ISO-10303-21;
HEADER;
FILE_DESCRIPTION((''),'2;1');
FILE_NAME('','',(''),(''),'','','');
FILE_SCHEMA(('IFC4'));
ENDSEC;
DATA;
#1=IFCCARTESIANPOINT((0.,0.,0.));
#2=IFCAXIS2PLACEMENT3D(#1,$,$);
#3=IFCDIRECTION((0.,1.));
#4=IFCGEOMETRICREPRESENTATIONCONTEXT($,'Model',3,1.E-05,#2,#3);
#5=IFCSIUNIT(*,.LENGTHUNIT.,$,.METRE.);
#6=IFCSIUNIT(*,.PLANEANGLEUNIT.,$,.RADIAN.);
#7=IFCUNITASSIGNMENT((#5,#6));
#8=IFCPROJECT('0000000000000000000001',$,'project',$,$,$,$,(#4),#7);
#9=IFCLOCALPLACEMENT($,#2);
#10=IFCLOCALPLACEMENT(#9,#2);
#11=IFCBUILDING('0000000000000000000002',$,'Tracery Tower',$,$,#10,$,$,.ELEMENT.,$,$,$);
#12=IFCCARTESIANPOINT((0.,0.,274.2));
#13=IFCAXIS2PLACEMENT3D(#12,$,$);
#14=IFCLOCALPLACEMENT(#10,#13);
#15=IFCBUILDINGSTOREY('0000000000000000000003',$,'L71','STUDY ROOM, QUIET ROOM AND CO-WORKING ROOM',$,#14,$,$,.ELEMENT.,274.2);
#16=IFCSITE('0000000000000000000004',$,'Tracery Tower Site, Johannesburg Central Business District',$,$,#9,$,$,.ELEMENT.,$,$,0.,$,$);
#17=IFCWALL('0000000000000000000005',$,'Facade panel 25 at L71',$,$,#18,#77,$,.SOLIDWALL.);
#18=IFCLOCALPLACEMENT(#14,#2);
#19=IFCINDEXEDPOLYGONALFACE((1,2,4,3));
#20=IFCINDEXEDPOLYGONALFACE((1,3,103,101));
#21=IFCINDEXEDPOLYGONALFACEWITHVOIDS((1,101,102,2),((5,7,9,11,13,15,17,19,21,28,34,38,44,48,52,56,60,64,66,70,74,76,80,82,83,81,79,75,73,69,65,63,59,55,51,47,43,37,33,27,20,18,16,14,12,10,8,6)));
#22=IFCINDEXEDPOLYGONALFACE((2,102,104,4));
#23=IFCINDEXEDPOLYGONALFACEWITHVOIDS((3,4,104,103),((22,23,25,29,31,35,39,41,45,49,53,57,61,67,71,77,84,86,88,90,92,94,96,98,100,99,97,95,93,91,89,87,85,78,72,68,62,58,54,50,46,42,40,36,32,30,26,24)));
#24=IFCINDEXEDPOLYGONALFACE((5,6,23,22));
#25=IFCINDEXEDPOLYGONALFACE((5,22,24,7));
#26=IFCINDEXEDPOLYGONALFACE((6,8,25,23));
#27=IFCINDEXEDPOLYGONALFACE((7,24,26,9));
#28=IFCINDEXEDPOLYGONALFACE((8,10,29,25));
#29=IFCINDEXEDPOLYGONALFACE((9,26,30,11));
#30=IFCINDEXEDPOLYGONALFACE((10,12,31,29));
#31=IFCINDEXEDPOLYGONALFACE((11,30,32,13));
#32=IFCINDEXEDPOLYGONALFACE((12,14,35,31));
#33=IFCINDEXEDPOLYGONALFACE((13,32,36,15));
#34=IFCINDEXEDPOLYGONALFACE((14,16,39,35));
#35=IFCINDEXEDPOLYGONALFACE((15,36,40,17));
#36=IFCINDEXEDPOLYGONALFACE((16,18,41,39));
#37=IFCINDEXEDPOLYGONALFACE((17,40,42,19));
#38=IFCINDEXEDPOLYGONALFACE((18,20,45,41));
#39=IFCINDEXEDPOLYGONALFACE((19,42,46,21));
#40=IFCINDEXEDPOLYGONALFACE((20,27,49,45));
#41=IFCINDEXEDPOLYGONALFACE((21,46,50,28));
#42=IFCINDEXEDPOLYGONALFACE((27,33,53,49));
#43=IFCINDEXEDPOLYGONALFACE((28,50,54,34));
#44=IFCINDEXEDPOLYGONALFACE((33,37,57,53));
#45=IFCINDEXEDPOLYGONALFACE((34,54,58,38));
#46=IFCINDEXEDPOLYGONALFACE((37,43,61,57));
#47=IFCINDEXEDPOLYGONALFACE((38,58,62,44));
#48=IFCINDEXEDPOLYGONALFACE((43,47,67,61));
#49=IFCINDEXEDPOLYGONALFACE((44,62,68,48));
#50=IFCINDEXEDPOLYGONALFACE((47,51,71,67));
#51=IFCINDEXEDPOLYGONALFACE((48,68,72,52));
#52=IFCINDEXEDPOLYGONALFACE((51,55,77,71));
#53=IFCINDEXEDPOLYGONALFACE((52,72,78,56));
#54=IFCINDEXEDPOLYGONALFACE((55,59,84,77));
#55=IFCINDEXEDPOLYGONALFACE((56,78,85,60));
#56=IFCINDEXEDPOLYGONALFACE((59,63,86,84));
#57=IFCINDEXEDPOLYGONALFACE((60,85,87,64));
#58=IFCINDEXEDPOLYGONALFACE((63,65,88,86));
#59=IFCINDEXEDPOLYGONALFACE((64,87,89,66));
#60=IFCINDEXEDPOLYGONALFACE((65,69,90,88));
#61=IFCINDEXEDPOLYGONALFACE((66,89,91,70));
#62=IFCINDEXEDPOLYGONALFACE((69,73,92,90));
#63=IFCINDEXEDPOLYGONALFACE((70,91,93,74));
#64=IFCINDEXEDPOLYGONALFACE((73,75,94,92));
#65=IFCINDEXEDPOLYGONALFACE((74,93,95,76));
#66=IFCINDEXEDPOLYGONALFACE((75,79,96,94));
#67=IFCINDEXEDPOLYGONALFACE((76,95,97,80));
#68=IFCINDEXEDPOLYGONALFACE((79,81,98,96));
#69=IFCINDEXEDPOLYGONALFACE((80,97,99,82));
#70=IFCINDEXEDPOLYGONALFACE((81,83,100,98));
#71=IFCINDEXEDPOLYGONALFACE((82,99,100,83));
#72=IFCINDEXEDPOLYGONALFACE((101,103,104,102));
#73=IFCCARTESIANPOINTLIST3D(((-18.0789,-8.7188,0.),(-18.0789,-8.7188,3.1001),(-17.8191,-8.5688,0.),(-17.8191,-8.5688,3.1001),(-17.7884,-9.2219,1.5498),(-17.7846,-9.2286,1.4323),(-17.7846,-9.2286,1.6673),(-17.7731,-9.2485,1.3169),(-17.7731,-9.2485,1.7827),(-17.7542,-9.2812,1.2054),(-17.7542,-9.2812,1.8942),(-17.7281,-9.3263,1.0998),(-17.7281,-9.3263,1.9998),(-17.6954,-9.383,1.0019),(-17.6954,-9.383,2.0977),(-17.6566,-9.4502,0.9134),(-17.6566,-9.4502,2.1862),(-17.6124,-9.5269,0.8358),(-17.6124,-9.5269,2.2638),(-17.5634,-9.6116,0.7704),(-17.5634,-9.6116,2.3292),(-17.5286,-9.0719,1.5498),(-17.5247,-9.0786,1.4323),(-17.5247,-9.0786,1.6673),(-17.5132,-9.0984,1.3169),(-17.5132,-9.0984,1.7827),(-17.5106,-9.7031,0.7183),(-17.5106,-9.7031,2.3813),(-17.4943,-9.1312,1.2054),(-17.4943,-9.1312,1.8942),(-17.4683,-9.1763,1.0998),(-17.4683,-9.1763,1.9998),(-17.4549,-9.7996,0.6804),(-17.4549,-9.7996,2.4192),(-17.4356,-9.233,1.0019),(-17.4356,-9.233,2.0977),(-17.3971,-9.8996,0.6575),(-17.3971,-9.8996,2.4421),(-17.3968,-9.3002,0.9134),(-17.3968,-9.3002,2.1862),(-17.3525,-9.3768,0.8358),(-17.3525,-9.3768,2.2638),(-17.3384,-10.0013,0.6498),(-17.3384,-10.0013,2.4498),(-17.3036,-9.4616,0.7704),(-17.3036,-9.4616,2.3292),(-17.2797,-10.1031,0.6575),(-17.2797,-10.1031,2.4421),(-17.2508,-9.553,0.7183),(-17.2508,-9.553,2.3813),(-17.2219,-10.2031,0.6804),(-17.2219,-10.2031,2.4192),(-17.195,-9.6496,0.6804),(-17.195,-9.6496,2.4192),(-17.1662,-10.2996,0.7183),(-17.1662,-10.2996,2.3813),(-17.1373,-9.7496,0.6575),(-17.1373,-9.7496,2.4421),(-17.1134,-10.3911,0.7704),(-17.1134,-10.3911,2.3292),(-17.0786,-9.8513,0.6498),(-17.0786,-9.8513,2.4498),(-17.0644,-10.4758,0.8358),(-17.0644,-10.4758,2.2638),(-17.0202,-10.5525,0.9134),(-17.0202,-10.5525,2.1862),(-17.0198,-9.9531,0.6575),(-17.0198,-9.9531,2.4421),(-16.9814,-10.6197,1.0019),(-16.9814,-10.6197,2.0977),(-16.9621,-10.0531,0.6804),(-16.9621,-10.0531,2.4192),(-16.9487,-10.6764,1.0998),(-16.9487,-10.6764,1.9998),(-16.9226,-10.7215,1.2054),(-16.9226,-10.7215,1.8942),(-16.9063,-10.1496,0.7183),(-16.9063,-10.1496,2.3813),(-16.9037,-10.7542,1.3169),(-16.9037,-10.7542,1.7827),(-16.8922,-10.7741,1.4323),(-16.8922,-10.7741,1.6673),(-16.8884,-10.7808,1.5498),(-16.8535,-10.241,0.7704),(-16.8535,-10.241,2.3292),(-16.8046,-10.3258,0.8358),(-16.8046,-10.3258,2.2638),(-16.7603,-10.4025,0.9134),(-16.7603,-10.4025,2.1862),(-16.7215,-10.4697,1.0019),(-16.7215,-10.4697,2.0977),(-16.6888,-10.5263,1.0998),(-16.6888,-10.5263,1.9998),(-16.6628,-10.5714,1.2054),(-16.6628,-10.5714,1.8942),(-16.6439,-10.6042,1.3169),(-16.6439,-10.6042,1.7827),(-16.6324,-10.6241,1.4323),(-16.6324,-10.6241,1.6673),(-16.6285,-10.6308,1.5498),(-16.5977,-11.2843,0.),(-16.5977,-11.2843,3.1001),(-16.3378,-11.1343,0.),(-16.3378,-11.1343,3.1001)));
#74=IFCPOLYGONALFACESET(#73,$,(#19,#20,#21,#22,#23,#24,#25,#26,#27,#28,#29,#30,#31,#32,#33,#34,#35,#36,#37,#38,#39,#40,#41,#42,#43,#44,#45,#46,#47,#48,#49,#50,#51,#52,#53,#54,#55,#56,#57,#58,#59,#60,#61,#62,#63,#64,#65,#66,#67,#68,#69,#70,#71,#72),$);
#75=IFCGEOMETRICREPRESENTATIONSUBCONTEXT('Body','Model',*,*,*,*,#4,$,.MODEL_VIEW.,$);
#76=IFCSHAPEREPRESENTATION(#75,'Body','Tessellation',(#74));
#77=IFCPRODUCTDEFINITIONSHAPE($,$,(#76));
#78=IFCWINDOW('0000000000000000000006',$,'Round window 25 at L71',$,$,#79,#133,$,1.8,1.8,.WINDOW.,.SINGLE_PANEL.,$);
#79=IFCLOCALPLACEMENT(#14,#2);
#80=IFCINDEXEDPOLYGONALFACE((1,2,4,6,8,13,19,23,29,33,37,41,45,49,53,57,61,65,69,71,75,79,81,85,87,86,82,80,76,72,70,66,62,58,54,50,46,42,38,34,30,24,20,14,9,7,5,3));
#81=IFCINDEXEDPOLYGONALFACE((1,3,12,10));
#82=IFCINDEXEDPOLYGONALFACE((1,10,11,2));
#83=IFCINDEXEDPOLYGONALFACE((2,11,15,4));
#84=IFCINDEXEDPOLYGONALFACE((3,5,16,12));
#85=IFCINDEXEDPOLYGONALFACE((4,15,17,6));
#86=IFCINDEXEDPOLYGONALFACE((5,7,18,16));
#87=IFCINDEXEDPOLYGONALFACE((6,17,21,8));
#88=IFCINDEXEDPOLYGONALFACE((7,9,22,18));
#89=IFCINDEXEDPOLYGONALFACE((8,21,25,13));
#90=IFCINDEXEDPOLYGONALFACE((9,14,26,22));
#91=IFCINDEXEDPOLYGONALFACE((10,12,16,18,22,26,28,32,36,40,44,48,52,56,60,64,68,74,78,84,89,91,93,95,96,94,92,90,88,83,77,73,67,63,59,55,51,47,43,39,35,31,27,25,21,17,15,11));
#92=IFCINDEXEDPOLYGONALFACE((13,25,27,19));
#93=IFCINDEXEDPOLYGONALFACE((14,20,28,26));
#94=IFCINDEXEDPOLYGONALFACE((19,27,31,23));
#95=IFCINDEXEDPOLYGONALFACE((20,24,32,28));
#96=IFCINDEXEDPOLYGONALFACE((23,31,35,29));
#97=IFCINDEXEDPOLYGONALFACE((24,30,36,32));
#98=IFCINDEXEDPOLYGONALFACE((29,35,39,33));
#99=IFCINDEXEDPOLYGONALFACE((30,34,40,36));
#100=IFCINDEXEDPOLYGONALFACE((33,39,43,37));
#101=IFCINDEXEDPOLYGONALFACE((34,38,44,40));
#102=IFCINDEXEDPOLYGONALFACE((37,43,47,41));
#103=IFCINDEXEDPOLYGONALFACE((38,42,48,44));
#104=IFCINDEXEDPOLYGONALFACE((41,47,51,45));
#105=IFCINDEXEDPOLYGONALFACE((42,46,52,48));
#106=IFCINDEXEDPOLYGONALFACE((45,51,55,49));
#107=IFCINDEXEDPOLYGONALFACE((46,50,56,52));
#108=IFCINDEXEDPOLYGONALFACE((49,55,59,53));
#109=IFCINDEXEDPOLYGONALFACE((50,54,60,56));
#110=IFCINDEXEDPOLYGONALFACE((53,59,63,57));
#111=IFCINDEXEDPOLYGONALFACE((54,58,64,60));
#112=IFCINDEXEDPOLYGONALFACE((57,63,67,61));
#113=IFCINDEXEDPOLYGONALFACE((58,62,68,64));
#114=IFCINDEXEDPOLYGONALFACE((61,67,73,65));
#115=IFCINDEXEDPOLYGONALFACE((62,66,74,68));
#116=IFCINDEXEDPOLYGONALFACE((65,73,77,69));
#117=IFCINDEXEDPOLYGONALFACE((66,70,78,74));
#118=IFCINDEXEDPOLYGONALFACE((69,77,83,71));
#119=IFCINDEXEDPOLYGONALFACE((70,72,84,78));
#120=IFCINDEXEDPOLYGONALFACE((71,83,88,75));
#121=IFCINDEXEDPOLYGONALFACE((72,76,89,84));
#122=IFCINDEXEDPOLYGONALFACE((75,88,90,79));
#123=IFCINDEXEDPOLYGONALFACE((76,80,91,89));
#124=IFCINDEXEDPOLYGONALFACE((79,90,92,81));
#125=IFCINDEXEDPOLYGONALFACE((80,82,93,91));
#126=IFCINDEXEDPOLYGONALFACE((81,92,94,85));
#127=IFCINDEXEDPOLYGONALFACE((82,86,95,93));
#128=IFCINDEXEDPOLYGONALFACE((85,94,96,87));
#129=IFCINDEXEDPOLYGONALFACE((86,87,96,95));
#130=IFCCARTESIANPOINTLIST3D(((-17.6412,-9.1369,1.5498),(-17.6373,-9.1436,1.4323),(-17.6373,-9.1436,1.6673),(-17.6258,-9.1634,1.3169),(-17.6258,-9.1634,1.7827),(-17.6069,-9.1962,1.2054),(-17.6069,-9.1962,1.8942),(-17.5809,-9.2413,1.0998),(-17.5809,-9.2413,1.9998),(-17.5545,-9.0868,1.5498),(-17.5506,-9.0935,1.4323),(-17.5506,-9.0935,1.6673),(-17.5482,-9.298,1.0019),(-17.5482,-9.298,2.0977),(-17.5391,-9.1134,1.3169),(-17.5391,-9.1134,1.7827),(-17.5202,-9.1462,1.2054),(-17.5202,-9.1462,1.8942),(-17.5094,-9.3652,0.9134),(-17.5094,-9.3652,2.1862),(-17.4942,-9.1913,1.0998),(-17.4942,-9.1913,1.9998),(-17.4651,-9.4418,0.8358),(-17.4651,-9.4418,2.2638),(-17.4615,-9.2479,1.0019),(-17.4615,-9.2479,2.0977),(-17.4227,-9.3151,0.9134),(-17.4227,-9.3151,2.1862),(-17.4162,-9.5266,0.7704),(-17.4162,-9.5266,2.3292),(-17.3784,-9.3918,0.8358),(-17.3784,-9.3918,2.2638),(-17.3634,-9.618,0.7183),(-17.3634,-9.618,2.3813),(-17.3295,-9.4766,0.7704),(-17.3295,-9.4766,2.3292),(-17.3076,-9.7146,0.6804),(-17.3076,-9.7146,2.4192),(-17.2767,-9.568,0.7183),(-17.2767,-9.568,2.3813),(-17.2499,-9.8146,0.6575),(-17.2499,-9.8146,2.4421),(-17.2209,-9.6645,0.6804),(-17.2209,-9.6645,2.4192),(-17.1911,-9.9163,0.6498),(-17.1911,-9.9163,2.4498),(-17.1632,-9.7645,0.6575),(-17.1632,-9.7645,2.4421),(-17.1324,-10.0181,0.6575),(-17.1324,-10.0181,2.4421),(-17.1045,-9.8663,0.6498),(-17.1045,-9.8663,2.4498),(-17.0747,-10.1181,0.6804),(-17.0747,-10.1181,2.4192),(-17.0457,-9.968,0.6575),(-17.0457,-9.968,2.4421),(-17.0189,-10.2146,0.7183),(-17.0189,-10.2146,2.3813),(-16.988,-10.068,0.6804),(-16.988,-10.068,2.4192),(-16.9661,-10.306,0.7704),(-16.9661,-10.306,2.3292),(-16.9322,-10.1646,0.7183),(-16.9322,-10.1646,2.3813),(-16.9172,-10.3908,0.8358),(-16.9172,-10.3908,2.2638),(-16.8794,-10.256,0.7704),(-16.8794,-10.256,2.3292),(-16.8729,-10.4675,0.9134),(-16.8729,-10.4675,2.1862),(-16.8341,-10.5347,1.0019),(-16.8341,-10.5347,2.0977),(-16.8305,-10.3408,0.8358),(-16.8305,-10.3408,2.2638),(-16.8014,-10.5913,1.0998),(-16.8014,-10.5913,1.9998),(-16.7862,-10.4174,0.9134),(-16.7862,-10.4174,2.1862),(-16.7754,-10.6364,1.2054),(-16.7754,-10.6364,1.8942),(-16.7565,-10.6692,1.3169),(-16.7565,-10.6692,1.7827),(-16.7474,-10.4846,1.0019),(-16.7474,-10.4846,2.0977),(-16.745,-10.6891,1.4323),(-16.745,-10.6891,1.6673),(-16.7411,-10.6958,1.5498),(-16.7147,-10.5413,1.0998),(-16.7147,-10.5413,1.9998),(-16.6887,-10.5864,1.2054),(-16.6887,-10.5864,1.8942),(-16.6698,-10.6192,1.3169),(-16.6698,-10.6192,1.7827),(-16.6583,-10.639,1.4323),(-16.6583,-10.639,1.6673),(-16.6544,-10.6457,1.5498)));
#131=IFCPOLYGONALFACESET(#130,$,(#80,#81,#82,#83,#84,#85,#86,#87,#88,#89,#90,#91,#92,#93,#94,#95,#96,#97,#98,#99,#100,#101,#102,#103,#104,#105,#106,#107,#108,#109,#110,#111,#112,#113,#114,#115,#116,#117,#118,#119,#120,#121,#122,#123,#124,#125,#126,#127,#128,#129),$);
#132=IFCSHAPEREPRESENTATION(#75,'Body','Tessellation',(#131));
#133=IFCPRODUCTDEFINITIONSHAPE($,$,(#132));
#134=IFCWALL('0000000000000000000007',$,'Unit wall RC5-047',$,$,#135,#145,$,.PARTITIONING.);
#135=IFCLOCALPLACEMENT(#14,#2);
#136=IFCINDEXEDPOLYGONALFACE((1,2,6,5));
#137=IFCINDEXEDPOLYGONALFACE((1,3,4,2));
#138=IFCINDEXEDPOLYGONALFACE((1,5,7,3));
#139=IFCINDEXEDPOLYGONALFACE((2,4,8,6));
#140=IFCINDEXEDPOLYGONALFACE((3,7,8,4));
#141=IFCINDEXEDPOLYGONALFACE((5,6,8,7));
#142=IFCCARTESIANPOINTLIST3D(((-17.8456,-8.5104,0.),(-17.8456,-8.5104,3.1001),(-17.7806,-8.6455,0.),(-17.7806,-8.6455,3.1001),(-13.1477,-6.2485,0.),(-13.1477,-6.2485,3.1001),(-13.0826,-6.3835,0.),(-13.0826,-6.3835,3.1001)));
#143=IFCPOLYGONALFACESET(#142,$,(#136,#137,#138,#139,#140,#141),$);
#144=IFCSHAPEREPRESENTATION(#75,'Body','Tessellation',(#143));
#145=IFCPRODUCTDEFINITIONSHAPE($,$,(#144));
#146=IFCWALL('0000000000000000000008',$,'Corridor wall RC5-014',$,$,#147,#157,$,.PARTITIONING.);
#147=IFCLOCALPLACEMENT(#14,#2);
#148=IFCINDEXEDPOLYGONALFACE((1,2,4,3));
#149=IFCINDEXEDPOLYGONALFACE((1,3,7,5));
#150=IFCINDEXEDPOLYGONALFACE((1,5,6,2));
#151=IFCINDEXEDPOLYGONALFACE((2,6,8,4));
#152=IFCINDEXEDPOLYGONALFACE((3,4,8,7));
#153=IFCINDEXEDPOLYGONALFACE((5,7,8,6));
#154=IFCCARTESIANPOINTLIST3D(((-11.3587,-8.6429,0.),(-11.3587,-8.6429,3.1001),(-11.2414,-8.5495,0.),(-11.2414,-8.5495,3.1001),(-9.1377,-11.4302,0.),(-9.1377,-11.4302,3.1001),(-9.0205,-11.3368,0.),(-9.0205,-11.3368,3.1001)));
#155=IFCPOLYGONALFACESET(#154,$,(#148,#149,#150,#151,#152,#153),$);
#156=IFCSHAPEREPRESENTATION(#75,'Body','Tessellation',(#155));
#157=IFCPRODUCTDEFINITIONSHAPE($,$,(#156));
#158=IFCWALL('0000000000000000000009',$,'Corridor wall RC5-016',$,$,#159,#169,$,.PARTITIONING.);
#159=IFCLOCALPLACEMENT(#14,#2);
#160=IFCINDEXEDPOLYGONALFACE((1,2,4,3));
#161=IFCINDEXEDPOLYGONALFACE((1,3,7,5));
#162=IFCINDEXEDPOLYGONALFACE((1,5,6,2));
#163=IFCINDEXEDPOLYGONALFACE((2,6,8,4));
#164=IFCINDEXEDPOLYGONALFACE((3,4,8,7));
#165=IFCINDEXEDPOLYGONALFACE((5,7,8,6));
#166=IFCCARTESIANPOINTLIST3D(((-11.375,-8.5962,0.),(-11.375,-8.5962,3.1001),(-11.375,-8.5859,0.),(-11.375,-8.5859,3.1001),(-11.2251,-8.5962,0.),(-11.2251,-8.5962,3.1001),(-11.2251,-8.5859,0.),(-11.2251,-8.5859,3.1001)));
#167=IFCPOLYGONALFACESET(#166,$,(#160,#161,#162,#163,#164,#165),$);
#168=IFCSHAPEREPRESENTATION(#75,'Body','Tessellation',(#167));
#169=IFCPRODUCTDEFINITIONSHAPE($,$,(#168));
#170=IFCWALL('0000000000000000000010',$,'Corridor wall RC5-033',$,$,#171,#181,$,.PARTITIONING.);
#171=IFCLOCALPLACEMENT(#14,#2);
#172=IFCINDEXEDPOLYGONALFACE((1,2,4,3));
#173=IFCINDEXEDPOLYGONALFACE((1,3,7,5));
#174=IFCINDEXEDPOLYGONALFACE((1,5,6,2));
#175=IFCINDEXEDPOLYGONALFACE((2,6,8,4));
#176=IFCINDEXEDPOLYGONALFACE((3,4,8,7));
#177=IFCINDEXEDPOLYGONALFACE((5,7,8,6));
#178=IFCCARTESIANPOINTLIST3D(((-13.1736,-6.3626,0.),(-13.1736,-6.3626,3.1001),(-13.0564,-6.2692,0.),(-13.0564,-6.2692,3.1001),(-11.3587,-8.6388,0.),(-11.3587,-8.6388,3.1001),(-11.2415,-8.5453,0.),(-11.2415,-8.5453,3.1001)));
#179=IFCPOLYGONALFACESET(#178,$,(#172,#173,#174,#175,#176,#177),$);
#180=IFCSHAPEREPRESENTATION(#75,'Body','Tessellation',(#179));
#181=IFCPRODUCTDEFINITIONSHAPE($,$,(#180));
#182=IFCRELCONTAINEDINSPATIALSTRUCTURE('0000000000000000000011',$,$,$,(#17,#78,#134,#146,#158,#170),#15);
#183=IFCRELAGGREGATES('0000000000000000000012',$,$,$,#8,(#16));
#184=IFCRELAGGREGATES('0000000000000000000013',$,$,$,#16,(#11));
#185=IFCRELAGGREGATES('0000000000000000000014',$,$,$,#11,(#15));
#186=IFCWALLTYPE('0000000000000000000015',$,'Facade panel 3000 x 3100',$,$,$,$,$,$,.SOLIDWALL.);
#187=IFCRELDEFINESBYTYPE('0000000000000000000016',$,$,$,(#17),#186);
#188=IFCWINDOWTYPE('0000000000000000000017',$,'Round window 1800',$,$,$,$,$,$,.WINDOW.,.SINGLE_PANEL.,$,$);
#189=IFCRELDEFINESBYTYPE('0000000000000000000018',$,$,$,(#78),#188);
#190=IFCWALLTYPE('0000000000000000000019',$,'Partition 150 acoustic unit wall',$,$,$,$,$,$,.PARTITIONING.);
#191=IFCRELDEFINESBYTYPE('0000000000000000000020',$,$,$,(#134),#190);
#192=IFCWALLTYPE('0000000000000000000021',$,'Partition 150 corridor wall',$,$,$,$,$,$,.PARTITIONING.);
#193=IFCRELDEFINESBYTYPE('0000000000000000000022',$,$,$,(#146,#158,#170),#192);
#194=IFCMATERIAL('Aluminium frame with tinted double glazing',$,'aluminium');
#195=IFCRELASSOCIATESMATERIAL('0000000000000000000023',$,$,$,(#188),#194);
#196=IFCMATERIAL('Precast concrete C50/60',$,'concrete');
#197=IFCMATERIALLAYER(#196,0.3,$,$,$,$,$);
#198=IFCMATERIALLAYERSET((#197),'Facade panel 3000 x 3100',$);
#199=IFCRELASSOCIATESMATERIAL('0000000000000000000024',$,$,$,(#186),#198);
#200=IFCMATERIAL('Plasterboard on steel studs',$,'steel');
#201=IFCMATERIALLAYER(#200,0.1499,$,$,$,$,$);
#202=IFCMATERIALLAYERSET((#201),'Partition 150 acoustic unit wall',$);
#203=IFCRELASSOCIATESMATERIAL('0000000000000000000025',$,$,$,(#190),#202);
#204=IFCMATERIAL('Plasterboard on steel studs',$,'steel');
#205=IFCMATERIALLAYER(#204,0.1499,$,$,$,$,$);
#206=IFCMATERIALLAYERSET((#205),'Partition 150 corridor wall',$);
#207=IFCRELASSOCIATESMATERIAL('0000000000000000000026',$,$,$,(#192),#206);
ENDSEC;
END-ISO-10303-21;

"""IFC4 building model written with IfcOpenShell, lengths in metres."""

from ifc_helpers import new_model, si_unit, direction, frame, frame_2d, origin, origin_2d, place, context, subcontext, project, spatial, rectangle, circle, extrude, material, layer, layer_set, type_object, element, fill, save


model = new_model("IFC4")

# Units and contexts
model_context = context("Model", 3, precision=1e-05, world=origin(), true_north=direction((0.0, 1.0)))
body_context = subcontext(model_context, "Body", "Model", "MODEL_VIEW")
ifc_project = project(units=[si_unit("LENGTHUNIT", "METRE"), si_unit("PLANEANGLEUNIT", "RADIAN")], contexts=[model_context])

# Site, building, storey
site_placement = place(None, origin())
site = spatial("IfcSite", under=ifc_project, at=site_placement, Name="Tracery Tower Site, Johannesburg Central Business District", CompositionType="ELEMENT", RefElevation=0.0)
building_placement = place(site_placement, origin())
building = spatial("IfcBuilding", under=site, at=building_placement, Name="Tracery Tower", CompositionType="ELEMENT")
storey_placement = place(building_placement, frame((0.0, 0.0, 274.2)))
storey = spatial("IfcBuildingStorey", under=building, at=storey_placement, Name="L71", Description="STUDY ROOM, QUIET ROOM AND CO-WORKING ROOM", CompositionType="ELEMENT", Elevation=274.2)

# Wall, opening, window
ifc_material_1 = material(Name="Aluminium frame with tinted double glazing", Category="aluminium")
window_type = type_object("IfcWindowType", Name="Round window 1800", PartitioningType="SINGLE_PANEL", PredefinedType="WINDOW", material=ifc_material_1)
ifc_material_2 = material(Name="Precast concrete C50/60", Category="concrete")
ifc_layer_1 = layer(ifc_material_2, 0.3)
ifc_layer_set_1 = layer_set([ifc_layer_1], Name="Facade panel 3000 x 3100")
wall_type_1 = type_object("IfcWallType", Name="Facade panel 3000 x 3100", PredefinedType="SOLIDWALL", material=ifc_layer_set_1)
wall_1_placement = place(storey_placement, frame((-17.949, -8.6438, 0.0), z_axis=(0.0, 0.0, 1.0), x_axis=(0.500013, -0.866018, 0.0)))
wall_1 = element("IfcWall", 1, at=wall_1_placement, inside=storey, type_object=wall_type_1, Name="Facade panel 25 at L71", PredefinedType="SOLIDWALL", context=body_context, shape_type="SweptSolid", body=[
    extrude(rectangle(XDim=2.9624, YDim=0.3, at=frame_2d((1.4812, 0.0))), origin(), (0.0, 0.0, 1.0), 3.1001),
])
opening_1_placement = place(wall_1_placement, frame((1.481, 0.0, 1.5498)))
opening_1 = element("IfcOpeningElement", 2, at=opening_1_placement, cuts=wall_1, PredefinedType="OPENING", context=body_context, shape_type="SweptSolid", body=[
    extrude(circle(Radius=0.9, at=origin_2d()), frame((0.0, 0.1599, 0.0), z_axis=(0.0, -1.0, 0.0), x_axis=(1.0, 0.0, 0.0)), (0.0, 0.0, 1.0), 0.3201),
])
window_1_placement = place(opening_1_placement, origin())
window_1 = element("IfcWindow", 3, at=window_1_placement, inside=storey, type_object=window_type, Name="Round window 25 at L71", OverallHeight=1.8, OverallWidth=1.8, PartitioningType="SINGLE_PANEL", PredefinedType="WINDOW", context=body_context, shape_type="SweptSolid", body=[
    extrude(circle(Radius=0.9, at=origin_2d()), frame((0.0, 0.1201, 0.0), z_axis=(0.0, -1.0, 0.0), x_axis=(1.0, 0.0, 0.0)), (0.0, 0.0, 1.0), 0.1001),
])
fill(opening_1, window_1)

# Walls
ifc_material_3 = material(Name="Plasterboard on steel studs", Category="steel")
ifc_layer_2 = layer(ifc_material_3, 0.1499)
ifc_layer_set_2 = layer_set([ifc_layer_2], Name="Partition 150 acoustic unit wall")
wall_type_2 = type_object("IfcWallType", Name="Partition 150 acoustic unit wall", PredefinedType="PARTITIONING", material=ifc_layer_set_2)
wall_2_placement = place(storey_placement, frame((-17.813, -8.5779, 0.0), z_axis=(0.0, 0.0, 1.0), x_axis=(0.901004, 0.43381, 0.0)))
element("IfcWall", 4, at=wall_2_placement, inside=storey, type_object=wall_type_2, Name="Unit wall RC5-047", PredefinedType="PARTITIONING", context=body_context, shape_type="SweptSolid", body=[
    extrude(rectangle(XDim=5.2141, YDim=0.1499, at=frame_2d((2.6069, 0.0))), origin(), (0.0, 0.0, 1.0), 3.1001),
])
ifc_material_4 = material(Name="Plasterboard on steel studs", Category="steel")
ifc_layer_3 = layer(ifc_material_4, 0.1499)
ifc_layer_set_3 = layer_set([ifc_layer_3], Name="Partition 150 corridor wall")
wall_type_3 = type_object("IfcWallType", Name="Partition 150 corridor wall", PredefinedType="PARTITIONING", material=ifc_layer_set_3)
wall_3_placement = place(storey_placement, frame((-11.3, -8.5962, 0.0), z_axis=(0.0, 0.0, 1.0), x_axis=(0.623165, -0.78209, 0.0)))
element("IfcWall", 5, at=wall_3_placement, inside=storey, type_object=wall_type_3, Name="Corridor wall RC5-014", PredefinedType="PARTITIONING", context=body_context, shape_type="SweptSolid", body=[
    extrude(rectangle(XDim=3.564, YDim=0.1499, at=frame_2d((1.782, 0.0))), origin(), (0.0, 0.0, 1.0), 3.1001),
])
wall_4_placement = place(storey_placement, frame((-11.3, -8.5962, 0.0), z_axis=(0.0, 0.0, 1.0), x_axis=(0.0, 1.0, 0.0)))
element("IfcWall", 6, at=wall_4_placement, inside=storey, type_object=wall_type_3, Name="Corridor wall RC5-016", PredefinedType="PARTITIONING", context=body_context, shape_type="SweptSolid", body=[
    extrude(rectangle(XDim=0.0103, YDim=0.1499, at=frame_2d((0.0051, 0.0))), origin(), (0.0, 0.0, 1.0), 3.1001),
])
wall_5_placement = place(storey_placement, frame((-13.115, -6.3159, 0.0), z_axis=(0.0, 0.0, 1.0), x_axis=(0.623447, -0.781866, 0.0)))
element("IfcWall", 7, at=wall_5_placement, inside=storey, type_object=wall_type_3, Name="Corridor wall RC5-033", PredefinedType="PARTITIONING", context=body_context, shape_type="SweptSolid", body=[
    extrude(rectangle(XDim=2.9111, YDim=0.1499, at=frame_2d((1.4556, 0.0))), origin(), (0.0, 0.0, 1.0), 3.1001),
])

save(model, "model.ifc")
